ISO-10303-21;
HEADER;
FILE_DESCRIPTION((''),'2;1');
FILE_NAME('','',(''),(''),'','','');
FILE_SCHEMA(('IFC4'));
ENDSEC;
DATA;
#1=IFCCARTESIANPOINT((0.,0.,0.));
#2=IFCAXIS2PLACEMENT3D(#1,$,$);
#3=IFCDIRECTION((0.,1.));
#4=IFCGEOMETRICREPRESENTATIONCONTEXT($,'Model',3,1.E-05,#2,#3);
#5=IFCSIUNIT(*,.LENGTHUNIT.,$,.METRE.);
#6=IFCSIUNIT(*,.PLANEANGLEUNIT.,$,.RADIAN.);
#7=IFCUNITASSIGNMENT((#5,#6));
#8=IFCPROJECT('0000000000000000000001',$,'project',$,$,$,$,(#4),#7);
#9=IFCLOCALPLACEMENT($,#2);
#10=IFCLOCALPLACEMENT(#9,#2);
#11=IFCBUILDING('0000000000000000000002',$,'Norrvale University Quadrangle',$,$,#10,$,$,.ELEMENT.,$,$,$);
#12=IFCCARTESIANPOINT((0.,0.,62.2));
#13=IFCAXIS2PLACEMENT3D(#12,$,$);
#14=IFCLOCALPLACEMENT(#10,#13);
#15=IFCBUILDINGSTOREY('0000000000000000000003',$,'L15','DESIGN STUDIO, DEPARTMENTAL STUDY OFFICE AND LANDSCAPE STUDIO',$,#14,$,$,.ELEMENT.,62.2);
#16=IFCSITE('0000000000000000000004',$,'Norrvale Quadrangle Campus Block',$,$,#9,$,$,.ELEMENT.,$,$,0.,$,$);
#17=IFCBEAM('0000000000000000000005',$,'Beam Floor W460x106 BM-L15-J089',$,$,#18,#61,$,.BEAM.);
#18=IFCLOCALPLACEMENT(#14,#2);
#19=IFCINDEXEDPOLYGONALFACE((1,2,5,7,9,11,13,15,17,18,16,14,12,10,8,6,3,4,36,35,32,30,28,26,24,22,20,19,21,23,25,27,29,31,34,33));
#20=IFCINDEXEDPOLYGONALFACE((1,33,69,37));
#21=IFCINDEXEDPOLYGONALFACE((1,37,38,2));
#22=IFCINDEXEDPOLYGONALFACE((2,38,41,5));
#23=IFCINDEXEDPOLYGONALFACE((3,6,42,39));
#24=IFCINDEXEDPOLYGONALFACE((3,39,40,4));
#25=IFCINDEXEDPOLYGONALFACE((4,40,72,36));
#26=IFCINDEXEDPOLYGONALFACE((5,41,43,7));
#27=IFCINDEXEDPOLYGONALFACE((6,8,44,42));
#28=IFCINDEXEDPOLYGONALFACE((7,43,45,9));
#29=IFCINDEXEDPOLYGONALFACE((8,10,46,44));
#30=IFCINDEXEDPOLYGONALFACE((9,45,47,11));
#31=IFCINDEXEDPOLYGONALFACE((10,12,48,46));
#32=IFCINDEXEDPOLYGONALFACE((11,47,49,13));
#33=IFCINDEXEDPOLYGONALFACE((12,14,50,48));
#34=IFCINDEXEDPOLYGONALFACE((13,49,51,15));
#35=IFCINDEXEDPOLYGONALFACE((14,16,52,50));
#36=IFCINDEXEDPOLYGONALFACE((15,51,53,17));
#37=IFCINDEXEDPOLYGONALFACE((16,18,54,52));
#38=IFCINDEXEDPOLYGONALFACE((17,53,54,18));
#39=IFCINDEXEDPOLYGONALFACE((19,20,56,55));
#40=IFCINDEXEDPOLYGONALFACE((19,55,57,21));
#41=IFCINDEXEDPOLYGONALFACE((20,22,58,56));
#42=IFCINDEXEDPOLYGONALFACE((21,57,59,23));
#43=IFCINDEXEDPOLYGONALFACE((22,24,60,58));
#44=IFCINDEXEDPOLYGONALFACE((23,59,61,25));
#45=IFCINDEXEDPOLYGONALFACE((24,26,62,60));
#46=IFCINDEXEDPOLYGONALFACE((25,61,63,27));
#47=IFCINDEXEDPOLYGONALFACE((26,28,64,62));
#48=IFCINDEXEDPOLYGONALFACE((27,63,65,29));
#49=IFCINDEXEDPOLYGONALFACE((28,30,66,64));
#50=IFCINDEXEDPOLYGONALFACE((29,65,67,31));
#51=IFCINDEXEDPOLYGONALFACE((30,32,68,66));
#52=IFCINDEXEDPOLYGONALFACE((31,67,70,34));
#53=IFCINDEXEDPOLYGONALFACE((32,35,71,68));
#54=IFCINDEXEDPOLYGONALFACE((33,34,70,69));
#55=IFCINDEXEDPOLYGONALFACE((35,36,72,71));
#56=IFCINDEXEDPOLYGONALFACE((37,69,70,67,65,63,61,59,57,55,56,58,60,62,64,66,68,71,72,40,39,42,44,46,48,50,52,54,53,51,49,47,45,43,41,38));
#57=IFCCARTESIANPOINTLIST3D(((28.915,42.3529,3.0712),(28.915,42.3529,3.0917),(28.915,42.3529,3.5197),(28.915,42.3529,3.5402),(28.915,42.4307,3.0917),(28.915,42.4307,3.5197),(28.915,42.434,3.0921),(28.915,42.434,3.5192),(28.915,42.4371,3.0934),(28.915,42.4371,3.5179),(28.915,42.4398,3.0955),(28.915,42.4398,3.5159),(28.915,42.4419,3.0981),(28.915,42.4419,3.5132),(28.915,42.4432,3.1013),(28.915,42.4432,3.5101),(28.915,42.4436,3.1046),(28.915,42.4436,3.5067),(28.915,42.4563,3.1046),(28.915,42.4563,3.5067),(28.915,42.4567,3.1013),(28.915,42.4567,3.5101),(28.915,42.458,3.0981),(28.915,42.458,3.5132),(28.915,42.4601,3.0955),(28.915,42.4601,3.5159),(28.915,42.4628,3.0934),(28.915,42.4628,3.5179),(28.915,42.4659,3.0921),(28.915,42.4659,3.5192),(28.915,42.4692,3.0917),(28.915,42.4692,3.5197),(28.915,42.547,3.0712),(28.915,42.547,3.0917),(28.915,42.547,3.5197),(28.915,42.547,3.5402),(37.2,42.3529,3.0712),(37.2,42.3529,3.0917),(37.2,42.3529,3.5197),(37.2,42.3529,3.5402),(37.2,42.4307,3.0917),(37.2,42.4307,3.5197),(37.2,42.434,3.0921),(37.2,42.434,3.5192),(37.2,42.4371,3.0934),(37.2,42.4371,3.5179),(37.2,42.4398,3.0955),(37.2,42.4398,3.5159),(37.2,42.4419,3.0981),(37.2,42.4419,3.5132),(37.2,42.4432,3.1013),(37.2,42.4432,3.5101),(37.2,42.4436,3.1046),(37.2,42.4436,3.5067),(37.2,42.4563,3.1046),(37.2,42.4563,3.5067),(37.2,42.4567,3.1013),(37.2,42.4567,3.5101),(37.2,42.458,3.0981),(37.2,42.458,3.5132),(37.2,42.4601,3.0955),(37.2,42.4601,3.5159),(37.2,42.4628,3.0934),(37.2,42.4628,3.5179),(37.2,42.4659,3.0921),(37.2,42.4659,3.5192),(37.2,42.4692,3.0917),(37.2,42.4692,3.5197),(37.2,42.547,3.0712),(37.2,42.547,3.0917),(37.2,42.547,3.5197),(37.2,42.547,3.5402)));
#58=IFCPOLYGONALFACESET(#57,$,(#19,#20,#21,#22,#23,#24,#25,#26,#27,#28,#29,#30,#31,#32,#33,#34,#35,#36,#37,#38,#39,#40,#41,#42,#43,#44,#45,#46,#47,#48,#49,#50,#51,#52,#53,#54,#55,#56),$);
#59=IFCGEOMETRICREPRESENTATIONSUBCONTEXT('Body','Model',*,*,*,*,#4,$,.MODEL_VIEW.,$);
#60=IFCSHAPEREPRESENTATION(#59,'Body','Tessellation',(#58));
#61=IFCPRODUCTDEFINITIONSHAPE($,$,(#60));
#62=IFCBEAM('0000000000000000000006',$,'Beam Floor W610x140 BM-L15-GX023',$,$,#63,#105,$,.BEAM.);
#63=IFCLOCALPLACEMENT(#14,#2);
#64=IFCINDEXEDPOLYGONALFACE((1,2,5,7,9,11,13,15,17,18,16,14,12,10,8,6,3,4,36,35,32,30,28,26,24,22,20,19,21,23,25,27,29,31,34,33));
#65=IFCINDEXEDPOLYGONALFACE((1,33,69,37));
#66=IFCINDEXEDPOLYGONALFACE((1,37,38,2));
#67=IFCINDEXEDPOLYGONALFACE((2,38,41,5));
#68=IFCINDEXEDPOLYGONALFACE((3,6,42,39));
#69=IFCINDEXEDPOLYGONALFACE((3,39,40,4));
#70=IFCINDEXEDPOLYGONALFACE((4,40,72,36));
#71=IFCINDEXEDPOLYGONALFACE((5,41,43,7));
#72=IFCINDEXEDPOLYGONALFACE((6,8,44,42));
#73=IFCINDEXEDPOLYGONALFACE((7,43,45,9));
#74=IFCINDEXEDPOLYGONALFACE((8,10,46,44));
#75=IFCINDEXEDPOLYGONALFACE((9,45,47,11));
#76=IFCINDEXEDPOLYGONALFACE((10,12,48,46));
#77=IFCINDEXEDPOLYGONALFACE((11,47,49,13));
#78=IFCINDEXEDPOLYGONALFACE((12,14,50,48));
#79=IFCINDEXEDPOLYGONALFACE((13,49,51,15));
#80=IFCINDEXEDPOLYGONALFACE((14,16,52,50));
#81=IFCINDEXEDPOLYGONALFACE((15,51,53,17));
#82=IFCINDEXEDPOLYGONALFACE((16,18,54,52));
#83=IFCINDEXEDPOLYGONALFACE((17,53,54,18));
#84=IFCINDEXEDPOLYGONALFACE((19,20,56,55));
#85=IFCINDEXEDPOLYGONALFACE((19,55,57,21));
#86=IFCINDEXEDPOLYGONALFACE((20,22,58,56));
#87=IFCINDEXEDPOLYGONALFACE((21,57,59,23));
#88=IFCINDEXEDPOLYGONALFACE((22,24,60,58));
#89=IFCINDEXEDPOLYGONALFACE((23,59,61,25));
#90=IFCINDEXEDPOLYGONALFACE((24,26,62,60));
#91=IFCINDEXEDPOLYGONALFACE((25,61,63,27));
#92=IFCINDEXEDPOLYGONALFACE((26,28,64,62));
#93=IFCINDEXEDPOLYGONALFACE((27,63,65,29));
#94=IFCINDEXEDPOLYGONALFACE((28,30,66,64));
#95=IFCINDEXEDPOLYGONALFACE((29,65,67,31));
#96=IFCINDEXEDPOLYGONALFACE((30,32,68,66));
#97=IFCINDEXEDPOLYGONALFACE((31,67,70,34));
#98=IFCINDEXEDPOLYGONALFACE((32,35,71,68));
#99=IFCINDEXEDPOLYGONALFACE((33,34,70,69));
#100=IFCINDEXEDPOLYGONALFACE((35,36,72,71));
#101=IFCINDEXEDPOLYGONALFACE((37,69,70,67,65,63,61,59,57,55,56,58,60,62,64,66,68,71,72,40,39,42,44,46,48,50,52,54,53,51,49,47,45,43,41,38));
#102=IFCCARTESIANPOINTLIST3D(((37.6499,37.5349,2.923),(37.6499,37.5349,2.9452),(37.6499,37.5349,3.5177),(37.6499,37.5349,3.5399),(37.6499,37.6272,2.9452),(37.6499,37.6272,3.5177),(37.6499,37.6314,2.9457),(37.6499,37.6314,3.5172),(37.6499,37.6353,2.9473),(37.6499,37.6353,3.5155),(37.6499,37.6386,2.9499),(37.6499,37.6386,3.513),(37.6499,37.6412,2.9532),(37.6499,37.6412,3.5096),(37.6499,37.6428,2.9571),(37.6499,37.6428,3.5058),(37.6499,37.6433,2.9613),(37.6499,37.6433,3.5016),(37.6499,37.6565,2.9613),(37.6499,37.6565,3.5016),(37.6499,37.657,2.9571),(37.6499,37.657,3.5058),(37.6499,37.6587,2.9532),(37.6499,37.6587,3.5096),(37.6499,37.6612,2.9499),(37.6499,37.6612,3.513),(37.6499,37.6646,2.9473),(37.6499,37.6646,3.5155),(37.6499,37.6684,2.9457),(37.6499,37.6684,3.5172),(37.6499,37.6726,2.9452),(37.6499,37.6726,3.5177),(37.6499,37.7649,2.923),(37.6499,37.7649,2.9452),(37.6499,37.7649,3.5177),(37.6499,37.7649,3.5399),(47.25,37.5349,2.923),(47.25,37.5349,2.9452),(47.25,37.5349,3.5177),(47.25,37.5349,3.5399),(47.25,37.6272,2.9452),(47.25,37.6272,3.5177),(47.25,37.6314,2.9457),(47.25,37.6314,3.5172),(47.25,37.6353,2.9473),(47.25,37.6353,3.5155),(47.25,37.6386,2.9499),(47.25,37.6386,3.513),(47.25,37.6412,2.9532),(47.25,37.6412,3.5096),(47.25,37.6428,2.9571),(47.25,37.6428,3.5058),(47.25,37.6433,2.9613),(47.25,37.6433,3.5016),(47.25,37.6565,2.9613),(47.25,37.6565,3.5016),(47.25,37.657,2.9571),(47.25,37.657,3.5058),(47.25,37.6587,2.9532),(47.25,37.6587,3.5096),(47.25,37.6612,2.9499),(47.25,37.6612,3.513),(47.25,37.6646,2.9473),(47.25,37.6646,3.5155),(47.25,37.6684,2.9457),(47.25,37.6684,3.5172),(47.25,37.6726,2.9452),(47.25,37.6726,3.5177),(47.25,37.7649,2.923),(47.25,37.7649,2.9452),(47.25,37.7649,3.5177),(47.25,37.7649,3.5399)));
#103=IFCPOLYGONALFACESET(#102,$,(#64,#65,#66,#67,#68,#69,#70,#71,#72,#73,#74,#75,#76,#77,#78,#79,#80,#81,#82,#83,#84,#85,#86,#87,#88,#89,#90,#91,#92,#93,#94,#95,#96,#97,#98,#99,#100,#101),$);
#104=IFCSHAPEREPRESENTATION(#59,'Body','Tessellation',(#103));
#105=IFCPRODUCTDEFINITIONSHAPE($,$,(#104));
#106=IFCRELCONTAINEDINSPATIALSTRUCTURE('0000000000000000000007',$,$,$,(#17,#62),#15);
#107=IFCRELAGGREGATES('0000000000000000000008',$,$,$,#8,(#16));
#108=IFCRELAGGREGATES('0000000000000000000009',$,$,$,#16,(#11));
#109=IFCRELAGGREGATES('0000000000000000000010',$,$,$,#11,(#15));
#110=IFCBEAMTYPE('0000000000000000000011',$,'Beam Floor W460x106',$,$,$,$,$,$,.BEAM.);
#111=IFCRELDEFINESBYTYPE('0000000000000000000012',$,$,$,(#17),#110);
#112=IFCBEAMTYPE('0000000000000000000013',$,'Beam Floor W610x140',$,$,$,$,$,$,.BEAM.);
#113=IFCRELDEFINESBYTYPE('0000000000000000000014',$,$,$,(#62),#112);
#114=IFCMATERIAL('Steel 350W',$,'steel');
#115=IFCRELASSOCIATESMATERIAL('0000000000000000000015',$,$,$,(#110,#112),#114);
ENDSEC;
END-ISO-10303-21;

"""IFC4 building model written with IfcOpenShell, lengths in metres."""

from ifc_helpers import new_model, si_unit, direction, frame, origin, origin_2d, place, context, subcontext, project, spatial, i_section, extrude, material, material_profile, profile_set, type_object, element, save


model = new_model("IFC4")

# Units and contexts
model_context = context("Model", 3, precision=1e-05, world=origin(), true_north=direction((0.0, 1.0)))
body_context = subcontext(model_context, "Body", "Model", "MODEL_VIEW")
ifc_project = project(units=[si_unit("LENGTHUNIT", "METRE"), si_unit("PLANEANGLEUNIT", "RADIAN")], contexts=[model_context])

# Site, building, storey
site_placement = place(None, origin())
site = spatial("IfcSite", under=ifc_project, at=site_placement, Name="Norrvale Quadrangle Campus Block", CompositionType="ELEMENT", RefElevation=0.0)
building_placement = place(site_placement, origin())
building = spatial("IfcBuilding", under=site, at=building_placement, Name="Norrvale University Quadrangle", CompositionType="ELEMENT")
storey_placement = place(building_placement, frame((0.0, 0.0, 62.2)))
storey = spatial("IfcBuildingStorey", under=building, at=storey_placement, Name="L15", Description="DESIGN STUDIO, DEPARTMENTAL STUDY OFFICE AND LANDSCAPE STUDIO", CompositionType="ELEMENT", Elevation=62.2)

# Beams
ifc_material_1 = material(Name="Steel 350W", Category="steel")
ifc_material_profile_1 = material_profile(ifc_material_1, i_section(OverallWidth=0.1941, OverallDepth=0.469, WebThickness=0.0127, FlangeThickness=0.0205, FilletRadius=0.0129, at=origin_2d()), Name="Steel 350W")
ifc_profile_set_1 = profile_set([ifc_material_profile_1], Name="Steel 350W")
beam_type_1 = type_object("IfcBeamType", Name="Beam Floor W460x106", PredefinedType="BEAM", material=ifc_profile_set_1)
beam_1_placement = place(storey_placement, frame((28.915, 42.45, 3.3057), z_axis=(1.0, 0.0, 0.0), x_axis=(0.0, 1.0, 0.0)))
element("IfcBeam", 1, at=beam_1_placement, inside=storey, type_object=beam_type_1, Name="Beam Floor W460x106 BM-L15-J089", PredefinedType="BEAM", context=body_context, shape_type="SweptSolid", body=[
    extrude(i_section(OverallWidth=0.1941, OverallDepth=0.469, WebThickness=0.0127, FlangeThickness=0.0205, FilletRadius=0.0129, at=origin_2d()), origin(), (0.0, 0.0, 1.0), 8.2849),
])
ifc_material_profile_2 = material_profile(ifc_material_1, i_section(OverallWidth=0.23, OverallDepth=0.6169, WebThickness=0.0132, FlangeThickness=0.0222, FilletRadius=0.0161, at=origin_2d()), Name="Steel 350W")
ifc_profile_set_2 = profile_set([ifc_material_profile_2], Name="Steel 350W")
beam_type_2 = type_object("IfcBeamType", Name="Beam Floor W610x140", PredefinedType="BEAM", material=ifc_profile_set_2)
beam_2_placement = place(storey_placement, frame((37.6499, 37.6499, 3.2314), z_axis=(1.0, 0.0, 0.0), x_axis=(0.0, 1.0, 0.0)))
element("IfcBeam", 2, at=beam_2_placement, inside=storey, type_object=beam_type_2, Name="Beam Floor W610x140 BM-L15-GX023", PredefinedType="BEAM", context=body_context, shape_type="SweptSolid", body=[
    extrude(i_section(OverallWidth=0.23, OverallDepth=0.6169, WebThickness=0.0132, FlangeThickness=0.0222, FilletRadius=0.0161, at=origin_2d()), origin(), (0.0, 0.0, 1.0), 9.6001),
])

save(model, "model.ifc")
